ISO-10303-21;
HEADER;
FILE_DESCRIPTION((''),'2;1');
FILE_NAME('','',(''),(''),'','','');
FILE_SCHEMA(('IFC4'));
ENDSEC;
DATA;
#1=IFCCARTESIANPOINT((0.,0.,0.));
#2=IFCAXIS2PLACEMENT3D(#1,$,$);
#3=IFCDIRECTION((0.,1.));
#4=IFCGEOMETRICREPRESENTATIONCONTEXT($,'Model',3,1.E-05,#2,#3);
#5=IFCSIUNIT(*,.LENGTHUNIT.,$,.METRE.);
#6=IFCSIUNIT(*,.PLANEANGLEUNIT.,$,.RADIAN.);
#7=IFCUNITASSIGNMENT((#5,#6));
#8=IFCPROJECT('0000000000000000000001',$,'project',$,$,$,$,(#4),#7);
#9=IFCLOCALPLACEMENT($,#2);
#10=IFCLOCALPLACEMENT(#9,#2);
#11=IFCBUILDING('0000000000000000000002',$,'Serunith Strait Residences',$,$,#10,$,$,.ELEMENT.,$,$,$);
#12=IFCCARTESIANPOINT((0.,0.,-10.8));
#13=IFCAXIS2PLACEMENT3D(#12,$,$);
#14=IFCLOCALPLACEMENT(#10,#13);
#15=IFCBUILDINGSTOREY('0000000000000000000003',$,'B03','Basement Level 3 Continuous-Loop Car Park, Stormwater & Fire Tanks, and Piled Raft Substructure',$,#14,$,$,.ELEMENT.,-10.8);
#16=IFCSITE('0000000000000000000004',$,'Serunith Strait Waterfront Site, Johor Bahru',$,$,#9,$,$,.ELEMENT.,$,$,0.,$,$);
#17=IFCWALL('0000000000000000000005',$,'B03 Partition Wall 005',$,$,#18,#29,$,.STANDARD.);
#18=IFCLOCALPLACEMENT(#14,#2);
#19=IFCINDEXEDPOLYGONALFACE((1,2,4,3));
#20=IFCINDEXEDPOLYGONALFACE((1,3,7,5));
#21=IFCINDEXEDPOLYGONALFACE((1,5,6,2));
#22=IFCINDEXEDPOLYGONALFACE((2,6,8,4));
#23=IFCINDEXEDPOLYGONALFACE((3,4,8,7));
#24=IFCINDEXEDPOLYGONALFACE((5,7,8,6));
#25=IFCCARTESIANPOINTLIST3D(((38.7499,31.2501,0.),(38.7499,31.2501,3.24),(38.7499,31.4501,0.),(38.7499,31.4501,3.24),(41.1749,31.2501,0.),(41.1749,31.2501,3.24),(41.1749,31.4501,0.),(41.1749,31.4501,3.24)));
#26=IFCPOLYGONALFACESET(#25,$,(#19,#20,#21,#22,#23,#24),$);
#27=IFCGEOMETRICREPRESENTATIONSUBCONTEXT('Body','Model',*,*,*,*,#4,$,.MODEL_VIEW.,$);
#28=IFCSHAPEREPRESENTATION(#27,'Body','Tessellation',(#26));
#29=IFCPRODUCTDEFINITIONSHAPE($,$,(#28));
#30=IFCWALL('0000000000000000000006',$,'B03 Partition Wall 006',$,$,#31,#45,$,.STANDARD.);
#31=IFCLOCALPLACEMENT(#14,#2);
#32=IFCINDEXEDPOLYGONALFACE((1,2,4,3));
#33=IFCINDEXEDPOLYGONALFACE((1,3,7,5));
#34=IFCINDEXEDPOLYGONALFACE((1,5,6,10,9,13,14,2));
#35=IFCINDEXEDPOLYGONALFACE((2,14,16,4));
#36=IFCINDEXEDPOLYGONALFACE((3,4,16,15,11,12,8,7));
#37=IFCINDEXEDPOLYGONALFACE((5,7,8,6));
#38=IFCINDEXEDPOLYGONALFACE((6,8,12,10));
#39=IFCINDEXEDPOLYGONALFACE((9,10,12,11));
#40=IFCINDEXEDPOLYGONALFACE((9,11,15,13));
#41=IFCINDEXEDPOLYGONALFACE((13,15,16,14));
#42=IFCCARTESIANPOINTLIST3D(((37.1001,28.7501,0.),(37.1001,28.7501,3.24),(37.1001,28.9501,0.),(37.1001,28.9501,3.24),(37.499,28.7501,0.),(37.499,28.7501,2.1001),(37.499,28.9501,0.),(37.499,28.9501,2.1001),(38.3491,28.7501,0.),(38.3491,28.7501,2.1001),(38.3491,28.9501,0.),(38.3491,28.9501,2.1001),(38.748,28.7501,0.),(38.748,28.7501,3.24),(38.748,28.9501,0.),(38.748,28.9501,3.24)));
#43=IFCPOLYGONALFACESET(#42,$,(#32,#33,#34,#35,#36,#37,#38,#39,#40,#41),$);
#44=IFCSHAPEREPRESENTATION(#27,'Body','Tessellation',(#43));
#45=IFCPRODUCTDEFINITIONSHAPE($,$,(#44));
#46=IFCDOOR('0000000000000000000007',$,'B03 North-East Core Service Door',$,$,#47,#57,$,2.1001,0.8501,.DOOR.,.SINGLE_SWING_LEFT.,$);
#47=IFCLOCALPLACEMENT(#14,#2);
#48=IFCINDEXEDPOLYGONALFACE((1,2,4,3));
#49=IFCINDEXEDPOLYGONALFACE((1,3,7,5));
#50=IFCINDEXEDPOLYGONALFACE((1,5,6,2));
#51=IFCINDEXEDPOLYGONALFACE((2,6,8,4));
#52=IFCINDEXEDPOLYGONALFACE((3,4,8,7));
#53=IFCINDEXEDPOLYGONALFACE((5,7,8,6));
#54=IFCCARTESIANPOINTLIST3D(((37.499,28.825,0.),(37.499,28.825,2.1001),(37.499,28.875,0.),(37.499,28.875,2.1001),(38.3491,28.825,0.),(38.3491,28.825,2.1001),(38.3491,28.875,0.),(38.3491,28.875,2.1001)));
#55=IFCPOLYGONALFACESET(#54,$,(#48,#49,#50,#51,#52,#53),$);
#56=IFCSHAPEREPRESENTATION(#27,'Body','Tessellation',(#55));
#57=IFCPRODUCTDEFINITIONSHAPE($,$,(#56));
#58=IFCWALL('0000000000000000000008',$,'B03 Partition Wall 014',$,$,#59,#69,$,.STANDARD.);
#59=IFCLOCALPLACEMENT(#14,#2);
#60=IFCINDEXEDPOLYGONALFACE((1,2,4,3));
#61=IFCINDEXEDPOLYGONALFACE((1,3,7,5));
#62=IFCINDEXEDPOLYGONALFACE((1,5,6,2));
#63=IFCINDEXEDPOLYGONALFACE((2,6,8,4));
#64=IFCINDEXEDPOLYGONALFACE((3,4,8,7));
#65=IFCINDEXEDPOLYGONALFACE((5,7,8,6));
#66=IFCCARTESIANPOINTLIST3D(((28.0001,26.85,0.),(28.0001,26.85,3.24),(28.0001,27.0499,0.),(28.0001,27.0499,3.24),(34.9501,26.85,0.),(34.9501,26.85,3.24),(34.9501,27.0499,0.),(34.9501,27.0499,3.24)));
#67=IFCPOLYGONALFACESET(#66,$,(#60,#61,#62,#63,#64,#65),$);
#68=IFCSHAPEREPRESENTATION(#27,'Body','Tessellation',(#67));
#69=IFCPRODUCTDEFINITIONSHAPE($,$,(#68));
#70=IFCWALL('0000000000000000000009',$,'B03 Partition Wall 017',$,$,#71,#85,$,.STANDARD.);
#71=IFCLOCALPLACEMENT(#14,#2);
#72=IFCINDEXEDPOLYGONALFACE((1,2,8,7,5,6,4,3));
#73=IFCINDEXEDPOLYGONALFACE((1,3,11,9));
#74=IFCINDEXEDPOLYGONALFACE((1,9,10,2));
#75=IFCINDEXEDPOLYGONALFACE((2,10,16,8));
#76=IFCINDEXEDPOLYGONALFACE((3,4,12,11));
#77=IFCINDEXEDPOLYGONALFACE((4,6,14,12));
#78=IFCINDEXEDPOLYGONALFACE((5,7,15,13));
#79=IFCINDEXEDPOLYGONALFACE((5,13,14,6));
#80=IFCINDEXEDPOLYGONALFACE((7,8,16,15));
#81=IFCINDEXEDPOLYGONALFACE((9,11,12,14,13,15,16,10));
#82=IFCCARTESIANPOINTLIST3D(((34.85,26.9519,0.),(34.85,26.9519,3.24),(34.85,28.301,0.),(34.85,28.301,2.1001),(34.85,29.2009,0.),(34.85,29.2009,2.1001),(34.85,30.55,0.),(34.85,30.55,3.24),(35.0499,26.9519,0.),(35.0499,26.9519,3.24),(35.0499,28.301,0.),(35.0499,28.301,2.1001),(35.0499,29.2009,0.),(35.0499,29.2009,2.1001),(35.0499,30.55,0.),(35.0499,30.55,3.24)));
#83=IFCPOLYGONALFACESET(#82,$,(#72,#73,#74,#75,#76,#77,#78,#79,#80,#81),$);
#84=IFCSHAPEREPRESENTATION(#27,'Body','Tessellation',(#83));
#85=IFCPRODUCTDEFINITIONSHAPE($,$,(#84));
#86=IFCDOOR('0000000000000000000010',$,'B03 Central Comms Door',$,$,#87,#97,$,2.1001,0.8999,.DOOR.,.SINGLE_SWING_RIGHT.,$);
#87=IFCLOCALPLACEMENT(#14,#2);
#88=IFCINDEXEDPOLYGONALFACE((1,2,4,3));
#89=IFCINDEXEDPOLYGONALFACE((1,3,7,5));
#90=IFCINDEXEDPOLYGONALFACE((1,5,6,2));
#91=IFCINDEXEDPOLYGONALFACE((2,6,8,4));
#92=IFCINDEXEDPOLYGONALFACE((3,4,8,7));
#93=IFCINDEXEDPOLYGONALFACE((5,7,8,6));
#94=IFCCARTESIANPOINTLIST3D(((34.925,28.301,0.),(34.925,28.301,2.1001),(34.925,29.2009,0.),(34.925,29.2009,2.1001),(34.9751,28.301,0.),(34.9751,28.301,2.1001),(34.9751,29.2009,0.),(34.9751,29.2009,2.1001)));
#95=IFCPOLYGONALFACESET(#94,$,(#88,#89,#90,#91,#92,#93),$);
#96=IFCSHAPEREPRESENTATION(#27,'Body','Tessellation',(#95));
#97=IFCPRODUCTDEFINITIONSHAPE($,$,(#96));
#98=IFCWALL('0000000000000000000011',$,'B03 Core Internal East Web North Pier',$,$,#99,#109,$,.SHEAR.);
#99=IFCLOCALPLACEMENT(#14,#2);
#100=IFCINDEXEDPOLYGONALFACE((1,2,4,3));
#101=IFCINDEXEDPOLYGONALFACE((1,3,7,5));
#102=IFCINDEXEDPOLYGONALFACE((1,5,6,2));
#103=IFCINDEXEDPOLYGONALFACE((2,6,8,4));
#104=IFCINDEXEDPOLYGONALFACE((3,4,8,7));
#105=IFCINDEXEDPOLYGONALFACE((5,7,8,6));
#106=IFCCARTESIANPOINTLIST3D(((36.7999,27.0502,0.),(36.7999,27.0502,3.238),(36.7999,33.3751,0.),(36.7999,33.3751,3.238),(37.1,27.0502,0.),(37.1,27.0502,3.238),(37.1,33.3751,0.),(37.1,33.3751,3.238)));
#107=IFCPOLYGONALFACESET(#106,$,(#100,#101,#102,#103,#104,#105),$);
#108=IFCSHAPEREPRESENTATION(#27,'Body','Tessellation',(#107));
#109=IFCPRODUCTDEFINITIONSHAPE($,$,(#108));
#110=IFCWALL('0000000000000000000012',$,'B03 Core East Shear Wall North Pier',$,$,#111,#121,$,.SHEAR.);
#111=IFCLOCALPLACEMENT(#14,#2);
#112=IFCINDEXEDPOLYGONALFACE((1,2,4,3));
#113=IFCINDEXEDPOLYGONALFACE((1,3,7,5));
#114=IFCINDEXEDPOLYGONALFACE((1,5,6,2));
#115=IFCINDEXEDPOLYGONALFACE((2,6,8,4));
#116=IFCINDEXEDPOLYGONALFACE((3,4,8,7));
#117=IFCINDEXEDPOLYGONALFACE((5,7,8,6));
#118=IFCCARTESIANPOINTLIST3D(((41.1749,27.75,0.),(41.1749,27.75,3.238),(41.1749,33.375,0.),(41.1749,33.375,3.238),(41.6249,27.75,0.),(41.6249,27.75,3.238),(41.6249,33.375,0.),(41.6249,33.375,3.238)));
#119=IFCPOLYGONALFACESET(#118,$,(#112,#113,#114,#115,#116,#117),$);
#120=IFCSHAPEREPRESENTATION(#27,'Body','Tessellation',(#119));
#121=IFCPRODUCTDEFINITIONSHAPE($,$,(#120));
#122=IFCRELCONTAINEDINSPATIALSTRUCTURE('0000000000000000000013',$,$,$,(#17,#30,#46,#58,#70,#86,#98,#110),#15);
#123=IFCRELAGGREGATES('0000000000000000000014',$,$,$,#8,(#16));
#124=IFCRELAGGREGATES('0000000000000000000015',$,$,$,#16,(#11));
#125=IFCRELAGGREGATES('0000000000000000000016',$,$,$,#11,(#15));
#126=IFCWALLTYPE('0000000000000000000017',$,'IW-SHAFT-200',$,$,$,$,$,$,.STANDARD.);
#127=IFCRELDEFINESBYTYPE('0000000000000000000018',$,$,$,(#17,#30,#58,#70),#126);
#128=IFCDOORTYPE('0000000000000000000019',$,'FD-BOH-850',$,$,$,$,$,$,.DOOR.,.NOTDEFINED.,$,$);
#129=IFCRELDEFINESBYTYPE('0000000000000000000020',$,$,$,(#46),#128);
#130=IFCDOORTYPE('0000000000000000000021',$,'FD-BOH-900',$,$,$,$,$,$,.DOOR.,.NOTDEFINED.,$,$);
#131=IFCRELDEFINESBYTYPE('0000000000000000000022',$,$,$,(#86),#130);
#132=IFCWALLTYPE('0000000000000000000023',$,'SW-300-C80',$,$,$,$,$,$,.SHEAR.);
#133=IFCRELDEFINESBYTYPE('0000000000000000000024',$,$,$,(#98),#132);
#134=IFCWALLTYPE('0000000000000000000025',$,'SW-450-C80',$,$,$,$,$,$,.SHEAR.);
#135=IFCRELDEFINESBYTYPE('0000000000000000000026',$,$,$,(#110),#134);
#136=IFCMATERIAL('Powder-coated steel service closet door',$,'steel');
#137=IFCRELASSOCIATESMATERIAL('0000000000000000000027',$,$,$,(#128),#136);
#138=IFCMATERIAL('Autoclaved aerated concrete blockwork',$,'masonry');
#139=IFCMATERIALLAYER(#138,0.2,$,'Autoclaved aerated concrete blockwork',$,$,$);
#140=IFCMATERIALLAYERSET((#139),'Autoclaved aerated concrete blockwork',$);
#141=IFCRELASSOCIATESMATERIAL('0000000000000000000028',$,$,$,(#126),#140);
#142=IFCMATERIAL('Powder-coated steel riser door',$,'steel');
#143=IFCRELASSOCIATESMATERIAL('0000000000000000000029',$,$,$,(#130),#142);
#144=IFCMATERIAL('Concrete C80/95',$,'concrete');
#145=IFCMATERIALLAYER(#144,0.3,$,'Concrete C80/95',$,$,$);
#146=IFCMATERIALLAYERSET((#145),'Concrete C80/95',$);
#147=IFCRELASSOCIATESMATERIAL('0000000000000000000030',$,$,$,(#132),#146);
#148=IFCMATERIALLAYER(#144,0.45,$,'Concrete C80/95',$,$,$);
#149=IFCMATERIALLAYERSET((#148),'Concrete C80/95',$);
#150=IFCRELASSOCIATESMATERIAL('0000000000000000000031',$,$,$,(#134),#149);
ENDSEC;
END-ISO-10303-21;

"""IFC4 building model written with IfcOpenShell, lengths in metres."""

from ifc_helpers import new_model, si_unit, direction, frame, frame_2d, origin, place, context, subcontext, project, spatial, rectangle, extrude, source, transform, mapped, material, layer, layer_set, type_object, element, fill, save


model = new_model("IFC4")

# Units and contexts
model_context = context("Model", 3, precision=1e-05, world=origin(), true_north=direction((0.0, 1.0)))
body_context = subcontext(model_context, "Body", "Model", "MODEL_VIEW")
ifc_project = project(units=[si_unit("LENGTHUNIT", "METRE"), si_unit("PLANEANGLEUNIT", "RADIAN")], contexts=[model_context])

# Site, building, storey
site_placement = place(None, origin())
site = spatial("IfcSite", under=ifc_project, at=site_placement, Name="Serunith Strait Waterfront Site, Johor Bahru", CompositionType="ELEMENT", RefElevation=0.0)
building_placement = place(site_placement, origin())
building = spatial("IfcBuilding", under=site, at=building_placement, Name="Serunith Strait Residences", CompositionType="ELEMENT")
storey_placement = place(building_placement, frame((0.0, 0.0, -10.8)))
storey = spatial("IfcBuildingStorey", under=building, at=storey_placement, Name="B03", Description="Basement Level 3 Continuous-Loop Car Park, Stormwater & Fire Tanks, and Piled Raft Substructure", CompositionType="ELEMENT", Elevation=-10.8)

# Shared definitions
ifc_material_1 = material(Name="Powder-coated steel service closet door", Category="steel")
door_type_1 = type_object("IfcDoorType", Name="FD-BOH-850", OperationType="NOTDEFINED", PredefinedType="DOOR", material=ifc_material_1)
shared_shape_1 = source(origin(), body_context, "Body", "SweptSolid", [
    extrude(rectangle(XDim=0.8501, YDim=2.1001, at=frame_2d((0.425, 1.05))), frame((0.0, 0.0249, 0.0), z_axis=(0.0, -1.0, 0.0), x_axis=(1.0, 0.0, 0.0)), (0.0, 0.0, 1.0), 0.05),
])
ifc_material_2 = material(Name="Autoclaved aerated concrete blockwork", Category="masonry")
ifc_layer_1 = layer(ifc_material_2, 0.2, Name="Autoclaved aerated concrete blockwork")
ifc_layer_set_1 = layer_set([ifc_layer_1], Name="Autoclaved aerated concrete blockwork")
wall_type_1 = type_object("IfcWallType", Name="IW-SHAFT-200", PredefinedType="STANDARD", material=ifc_layer_set_1)

# Wall
wall_1_placement = place(storey_placement, frame((38.75, 31.3501, 0.0), z_axis=(0.0, 0.0, 1.0), x_axis=(1.0, 0.0, 0.0)))
element("IfcWall", 1, at=wall_1_placement, inside=storey, type_object=wall_type_1, Name="B03 Partition Wall 005", PredefinedType="STANDARD", context=body_context, shape_type="SweptSolid", body=[
    extrude(rectangle(XDim=2.425, YDim=0.2, at=frame_2d((1.2124, 0.0))), origin(), (0.0, 0.0, 1.0), 3.24),
])

# Wall, opening, door
wall_2_placement = place(storey_placement, frame((37.1001, 28.8501, 0.0), z_axis=(0.0, 0.0, 1.0), x_axis=(1.0, 0.0, 0.0)))
wall_2 = element("IfcWall", 2, at=wall_2_placement, inside=storey, type_object=wall_type_1, Name="B03 Partition Wall 006", PredefinedType="STANDARD", context=body_context, shape_type="SweptSolid", body=[
    extrude(rectangle(XDim=1.6479, YDim=0.2, at=frame_2d((0.824, 0.0))), origin(), (0.0, 0.0, 1.0), 3.24),
])
opening_1_placement = place(wall_2_placement, frame((0.3989, 0.0, 0.0)))
opening_1 = element("IfcOpeningElement", 3, at=opening_1_placement, cuts=wall_2, PredefinedType="OPENING", context=body_context, shape_type="SweptSolid", body=[
    extrude(rectangle(XDim=0.8501, YDim=2.1001, at=frame_2d((0.425, 1.05))), frame((0.0, 0.1099, 0.0), z_axis=(0.0, -1.0, 0.0), x_axis=(1.0, 0.0, 0.0)), (0.0, 0.0, 1.0), 0.22),
])
door_1_placement = place(opening_1_placement, origin())
door_1 = element("IfcDoor", 4, at=door_1_placement, inside=storey, type_object=door_type_1, Name="B03 North-East Core Service Door", OperationType="SINGLE_SWING_LEFT", OverallHeight=2.1001, OverallWidth=0.8501, PredefinedType="DOOR", context=body_context, shape_type="MappedRepresentation", body=[
    mapped(shared_shape_1, transform((0.0, 0.0, 0.0), scale=1.0)),
])
fill(opening_1, door_1)

# Wall
wall_3_placement = place(storey_placement, frame((28.0, 26.95, 0.0), z_axis=(0.0, 0.0, 1.0), x_axis=(1.0, 0.0, 0.0)))
element("IfcWall", 5, at=wall_3_placement, inside=storey, type_object=wall_type_1, Name="B03 Partition Wall 014", PredefinedType="STANDARD", context=body_context, shape_type="SweptSolid", body=[
    extrude(rectangle(XDim=6.95, YDim=0.2, at=frame_2d((3.4751, 0.0))), origin(), (0.0, 0.0, 1.0), 3.24),
])

# Wall, opening, door
wall_4_placement = place(storey_placement, frame((34.95, 26.9519, 0.0), z_axis=(0.0, 0.0, 1.0), x_axis=(0.0, 1.0, 0.0)))
wall_4 = element("IfcWall", 6, at=wall_4_placement, inside=storey, type_object=wall_type_1, Name="B03 Partition Wall 017", PredefinedType="STANDARD", context=body_context, shape_type="SweptSolid", body=[
    extrude(rectangle(XDim=3.5981, YDim=0.2, at=frame_2d((1.7991, 0.0))), origin(), (0.0, 0.0, 1.0), 3.24),
])
opening_2_placement = place(wall_4_placement, frame((1.3491, 0.0, 0.0)))
opening_2 = element("IfcOpeningElement", 7, at=opening_2_placement, cuts=wall_4, PredefinedType="OPENING", context=body_context, shape_type="SweptSolid", body=[
    extrude(rectangle(XDim=0.8999, YDim=2.1001, at=frame_2d((0.45, 1.05))), frame((0.0, 0.1099, 0.0), z_axis=(0.0, -1.0, 0.0), x_axis=(1.0, 0.0, 0.0)), (0.0, 0.0, 1.0), 0.22),
])
ifc_material_3 = material(Name="Powder-coated steel riser door", Category="steel")
door_type_2 = type_object("IfcDoorType", Name="FD-BOH-900", OperationType="NOTDEFINED", PredefinedType="DOOR", material=ifc_material_3)
shared_shape_2 = source(origin(), body_context, "Body", "SweptSolid", [
    extrude(rectangle(XDim=0.8999, YDim=2.1001, at=frame_2d((0.45, 1.05))), frame((0.0, 0.0249, 0.0), z_axis=(0.0, -1.0, 0.0), x_axis=(1.0, 0.0, 0.0)), (0.0, 0.0, 1.0), 0.05),
])
door_2_placement = place(opening_2_placement, origin())
door_2 = element("IfcDoor", 8, at=door_2_placement, inside=storey, type_object=door_type_2, Name="B03 Central Comms Door", OperationType="SINGLE_SWING_RIGHT", OverallHeight=2.1001, OverallWidth=0.8999, PredefinedType="DOOR", context=body_context, shape_type="MappedRepresentation", body=[
    mapped(shared_shape_2, transform((0.0, 0.0, 0.0), scale=1.0)),
])
fill(opening_2, door_2)

# Walls
ifc_material_4 = material(Name="Concrete C80/95", Category="concrete")
ifc_layer_2 = layer(ifc_material_4, 0.3, Name="Concrete C80/95")
ifc_layer_set_2 = layer_set([ifc_layer_2], Name="Concrete C80/95")
wall_type_2 = type_object("IfcWallType", Name="SW-300-C80", PredefinedType="SHEAR", material=ifc_layer_set_2)
wall_5_placement = place(storey_placement, frame((36.95, 27.05, 0.0), z_axis=(0.0, 0.0, 1.0), x_axis=(0.0, 1.0, 0.0)))
element("IfcWall", 9, at=wall_5_placement, inside=storey, type_object=wall_type_2, Name="B03 Core Internal East Web North Pier", PredefinedType="SHEAR", context=body_context, shape_type="SweptSolid", body=[
    extrude(rectangle(XDim=6.325, YDim=0.3, at=frame_2d((3.1626, 0.0))), origin(), (0.0, 0.0, 1.0), 3.238),
])
ifc_layer_3 = layer(ifc_material_4, 0.45, Name="Concrete C80/95")
ifc_layer_set_3 = layer_set([ifc_layer_3], Name="Concrete C80/95")
wall_type_3 = type_object("IfcWallType", Name="SW-450-C80", PredefinedType="SHEAR", material=ifc_layer_set_3)
wall_6_placement = place(storey_placement, frame((41.3999, 27.75, 0.0), z_axis=(0.0, 0.0, 1.0), x_axis=(0.0, 1.0, 0.0)))
element("IfcWall", 10, at=wall_6_placement, inside=storey, type_object=wall_type_3, Name="B03 Core East Shear Wall North Pier", PredefinedType="SHEAR", context=body_context, shape_type="SweptSolid", body=[
    extrude(rectangle(XDim=5.625, YDim=0.45, at=frame_2d((2.8125, 0.0))), origin(), (0.0, 0.0, 1.0), 3.238),
])

save(model, "model.ifc")
